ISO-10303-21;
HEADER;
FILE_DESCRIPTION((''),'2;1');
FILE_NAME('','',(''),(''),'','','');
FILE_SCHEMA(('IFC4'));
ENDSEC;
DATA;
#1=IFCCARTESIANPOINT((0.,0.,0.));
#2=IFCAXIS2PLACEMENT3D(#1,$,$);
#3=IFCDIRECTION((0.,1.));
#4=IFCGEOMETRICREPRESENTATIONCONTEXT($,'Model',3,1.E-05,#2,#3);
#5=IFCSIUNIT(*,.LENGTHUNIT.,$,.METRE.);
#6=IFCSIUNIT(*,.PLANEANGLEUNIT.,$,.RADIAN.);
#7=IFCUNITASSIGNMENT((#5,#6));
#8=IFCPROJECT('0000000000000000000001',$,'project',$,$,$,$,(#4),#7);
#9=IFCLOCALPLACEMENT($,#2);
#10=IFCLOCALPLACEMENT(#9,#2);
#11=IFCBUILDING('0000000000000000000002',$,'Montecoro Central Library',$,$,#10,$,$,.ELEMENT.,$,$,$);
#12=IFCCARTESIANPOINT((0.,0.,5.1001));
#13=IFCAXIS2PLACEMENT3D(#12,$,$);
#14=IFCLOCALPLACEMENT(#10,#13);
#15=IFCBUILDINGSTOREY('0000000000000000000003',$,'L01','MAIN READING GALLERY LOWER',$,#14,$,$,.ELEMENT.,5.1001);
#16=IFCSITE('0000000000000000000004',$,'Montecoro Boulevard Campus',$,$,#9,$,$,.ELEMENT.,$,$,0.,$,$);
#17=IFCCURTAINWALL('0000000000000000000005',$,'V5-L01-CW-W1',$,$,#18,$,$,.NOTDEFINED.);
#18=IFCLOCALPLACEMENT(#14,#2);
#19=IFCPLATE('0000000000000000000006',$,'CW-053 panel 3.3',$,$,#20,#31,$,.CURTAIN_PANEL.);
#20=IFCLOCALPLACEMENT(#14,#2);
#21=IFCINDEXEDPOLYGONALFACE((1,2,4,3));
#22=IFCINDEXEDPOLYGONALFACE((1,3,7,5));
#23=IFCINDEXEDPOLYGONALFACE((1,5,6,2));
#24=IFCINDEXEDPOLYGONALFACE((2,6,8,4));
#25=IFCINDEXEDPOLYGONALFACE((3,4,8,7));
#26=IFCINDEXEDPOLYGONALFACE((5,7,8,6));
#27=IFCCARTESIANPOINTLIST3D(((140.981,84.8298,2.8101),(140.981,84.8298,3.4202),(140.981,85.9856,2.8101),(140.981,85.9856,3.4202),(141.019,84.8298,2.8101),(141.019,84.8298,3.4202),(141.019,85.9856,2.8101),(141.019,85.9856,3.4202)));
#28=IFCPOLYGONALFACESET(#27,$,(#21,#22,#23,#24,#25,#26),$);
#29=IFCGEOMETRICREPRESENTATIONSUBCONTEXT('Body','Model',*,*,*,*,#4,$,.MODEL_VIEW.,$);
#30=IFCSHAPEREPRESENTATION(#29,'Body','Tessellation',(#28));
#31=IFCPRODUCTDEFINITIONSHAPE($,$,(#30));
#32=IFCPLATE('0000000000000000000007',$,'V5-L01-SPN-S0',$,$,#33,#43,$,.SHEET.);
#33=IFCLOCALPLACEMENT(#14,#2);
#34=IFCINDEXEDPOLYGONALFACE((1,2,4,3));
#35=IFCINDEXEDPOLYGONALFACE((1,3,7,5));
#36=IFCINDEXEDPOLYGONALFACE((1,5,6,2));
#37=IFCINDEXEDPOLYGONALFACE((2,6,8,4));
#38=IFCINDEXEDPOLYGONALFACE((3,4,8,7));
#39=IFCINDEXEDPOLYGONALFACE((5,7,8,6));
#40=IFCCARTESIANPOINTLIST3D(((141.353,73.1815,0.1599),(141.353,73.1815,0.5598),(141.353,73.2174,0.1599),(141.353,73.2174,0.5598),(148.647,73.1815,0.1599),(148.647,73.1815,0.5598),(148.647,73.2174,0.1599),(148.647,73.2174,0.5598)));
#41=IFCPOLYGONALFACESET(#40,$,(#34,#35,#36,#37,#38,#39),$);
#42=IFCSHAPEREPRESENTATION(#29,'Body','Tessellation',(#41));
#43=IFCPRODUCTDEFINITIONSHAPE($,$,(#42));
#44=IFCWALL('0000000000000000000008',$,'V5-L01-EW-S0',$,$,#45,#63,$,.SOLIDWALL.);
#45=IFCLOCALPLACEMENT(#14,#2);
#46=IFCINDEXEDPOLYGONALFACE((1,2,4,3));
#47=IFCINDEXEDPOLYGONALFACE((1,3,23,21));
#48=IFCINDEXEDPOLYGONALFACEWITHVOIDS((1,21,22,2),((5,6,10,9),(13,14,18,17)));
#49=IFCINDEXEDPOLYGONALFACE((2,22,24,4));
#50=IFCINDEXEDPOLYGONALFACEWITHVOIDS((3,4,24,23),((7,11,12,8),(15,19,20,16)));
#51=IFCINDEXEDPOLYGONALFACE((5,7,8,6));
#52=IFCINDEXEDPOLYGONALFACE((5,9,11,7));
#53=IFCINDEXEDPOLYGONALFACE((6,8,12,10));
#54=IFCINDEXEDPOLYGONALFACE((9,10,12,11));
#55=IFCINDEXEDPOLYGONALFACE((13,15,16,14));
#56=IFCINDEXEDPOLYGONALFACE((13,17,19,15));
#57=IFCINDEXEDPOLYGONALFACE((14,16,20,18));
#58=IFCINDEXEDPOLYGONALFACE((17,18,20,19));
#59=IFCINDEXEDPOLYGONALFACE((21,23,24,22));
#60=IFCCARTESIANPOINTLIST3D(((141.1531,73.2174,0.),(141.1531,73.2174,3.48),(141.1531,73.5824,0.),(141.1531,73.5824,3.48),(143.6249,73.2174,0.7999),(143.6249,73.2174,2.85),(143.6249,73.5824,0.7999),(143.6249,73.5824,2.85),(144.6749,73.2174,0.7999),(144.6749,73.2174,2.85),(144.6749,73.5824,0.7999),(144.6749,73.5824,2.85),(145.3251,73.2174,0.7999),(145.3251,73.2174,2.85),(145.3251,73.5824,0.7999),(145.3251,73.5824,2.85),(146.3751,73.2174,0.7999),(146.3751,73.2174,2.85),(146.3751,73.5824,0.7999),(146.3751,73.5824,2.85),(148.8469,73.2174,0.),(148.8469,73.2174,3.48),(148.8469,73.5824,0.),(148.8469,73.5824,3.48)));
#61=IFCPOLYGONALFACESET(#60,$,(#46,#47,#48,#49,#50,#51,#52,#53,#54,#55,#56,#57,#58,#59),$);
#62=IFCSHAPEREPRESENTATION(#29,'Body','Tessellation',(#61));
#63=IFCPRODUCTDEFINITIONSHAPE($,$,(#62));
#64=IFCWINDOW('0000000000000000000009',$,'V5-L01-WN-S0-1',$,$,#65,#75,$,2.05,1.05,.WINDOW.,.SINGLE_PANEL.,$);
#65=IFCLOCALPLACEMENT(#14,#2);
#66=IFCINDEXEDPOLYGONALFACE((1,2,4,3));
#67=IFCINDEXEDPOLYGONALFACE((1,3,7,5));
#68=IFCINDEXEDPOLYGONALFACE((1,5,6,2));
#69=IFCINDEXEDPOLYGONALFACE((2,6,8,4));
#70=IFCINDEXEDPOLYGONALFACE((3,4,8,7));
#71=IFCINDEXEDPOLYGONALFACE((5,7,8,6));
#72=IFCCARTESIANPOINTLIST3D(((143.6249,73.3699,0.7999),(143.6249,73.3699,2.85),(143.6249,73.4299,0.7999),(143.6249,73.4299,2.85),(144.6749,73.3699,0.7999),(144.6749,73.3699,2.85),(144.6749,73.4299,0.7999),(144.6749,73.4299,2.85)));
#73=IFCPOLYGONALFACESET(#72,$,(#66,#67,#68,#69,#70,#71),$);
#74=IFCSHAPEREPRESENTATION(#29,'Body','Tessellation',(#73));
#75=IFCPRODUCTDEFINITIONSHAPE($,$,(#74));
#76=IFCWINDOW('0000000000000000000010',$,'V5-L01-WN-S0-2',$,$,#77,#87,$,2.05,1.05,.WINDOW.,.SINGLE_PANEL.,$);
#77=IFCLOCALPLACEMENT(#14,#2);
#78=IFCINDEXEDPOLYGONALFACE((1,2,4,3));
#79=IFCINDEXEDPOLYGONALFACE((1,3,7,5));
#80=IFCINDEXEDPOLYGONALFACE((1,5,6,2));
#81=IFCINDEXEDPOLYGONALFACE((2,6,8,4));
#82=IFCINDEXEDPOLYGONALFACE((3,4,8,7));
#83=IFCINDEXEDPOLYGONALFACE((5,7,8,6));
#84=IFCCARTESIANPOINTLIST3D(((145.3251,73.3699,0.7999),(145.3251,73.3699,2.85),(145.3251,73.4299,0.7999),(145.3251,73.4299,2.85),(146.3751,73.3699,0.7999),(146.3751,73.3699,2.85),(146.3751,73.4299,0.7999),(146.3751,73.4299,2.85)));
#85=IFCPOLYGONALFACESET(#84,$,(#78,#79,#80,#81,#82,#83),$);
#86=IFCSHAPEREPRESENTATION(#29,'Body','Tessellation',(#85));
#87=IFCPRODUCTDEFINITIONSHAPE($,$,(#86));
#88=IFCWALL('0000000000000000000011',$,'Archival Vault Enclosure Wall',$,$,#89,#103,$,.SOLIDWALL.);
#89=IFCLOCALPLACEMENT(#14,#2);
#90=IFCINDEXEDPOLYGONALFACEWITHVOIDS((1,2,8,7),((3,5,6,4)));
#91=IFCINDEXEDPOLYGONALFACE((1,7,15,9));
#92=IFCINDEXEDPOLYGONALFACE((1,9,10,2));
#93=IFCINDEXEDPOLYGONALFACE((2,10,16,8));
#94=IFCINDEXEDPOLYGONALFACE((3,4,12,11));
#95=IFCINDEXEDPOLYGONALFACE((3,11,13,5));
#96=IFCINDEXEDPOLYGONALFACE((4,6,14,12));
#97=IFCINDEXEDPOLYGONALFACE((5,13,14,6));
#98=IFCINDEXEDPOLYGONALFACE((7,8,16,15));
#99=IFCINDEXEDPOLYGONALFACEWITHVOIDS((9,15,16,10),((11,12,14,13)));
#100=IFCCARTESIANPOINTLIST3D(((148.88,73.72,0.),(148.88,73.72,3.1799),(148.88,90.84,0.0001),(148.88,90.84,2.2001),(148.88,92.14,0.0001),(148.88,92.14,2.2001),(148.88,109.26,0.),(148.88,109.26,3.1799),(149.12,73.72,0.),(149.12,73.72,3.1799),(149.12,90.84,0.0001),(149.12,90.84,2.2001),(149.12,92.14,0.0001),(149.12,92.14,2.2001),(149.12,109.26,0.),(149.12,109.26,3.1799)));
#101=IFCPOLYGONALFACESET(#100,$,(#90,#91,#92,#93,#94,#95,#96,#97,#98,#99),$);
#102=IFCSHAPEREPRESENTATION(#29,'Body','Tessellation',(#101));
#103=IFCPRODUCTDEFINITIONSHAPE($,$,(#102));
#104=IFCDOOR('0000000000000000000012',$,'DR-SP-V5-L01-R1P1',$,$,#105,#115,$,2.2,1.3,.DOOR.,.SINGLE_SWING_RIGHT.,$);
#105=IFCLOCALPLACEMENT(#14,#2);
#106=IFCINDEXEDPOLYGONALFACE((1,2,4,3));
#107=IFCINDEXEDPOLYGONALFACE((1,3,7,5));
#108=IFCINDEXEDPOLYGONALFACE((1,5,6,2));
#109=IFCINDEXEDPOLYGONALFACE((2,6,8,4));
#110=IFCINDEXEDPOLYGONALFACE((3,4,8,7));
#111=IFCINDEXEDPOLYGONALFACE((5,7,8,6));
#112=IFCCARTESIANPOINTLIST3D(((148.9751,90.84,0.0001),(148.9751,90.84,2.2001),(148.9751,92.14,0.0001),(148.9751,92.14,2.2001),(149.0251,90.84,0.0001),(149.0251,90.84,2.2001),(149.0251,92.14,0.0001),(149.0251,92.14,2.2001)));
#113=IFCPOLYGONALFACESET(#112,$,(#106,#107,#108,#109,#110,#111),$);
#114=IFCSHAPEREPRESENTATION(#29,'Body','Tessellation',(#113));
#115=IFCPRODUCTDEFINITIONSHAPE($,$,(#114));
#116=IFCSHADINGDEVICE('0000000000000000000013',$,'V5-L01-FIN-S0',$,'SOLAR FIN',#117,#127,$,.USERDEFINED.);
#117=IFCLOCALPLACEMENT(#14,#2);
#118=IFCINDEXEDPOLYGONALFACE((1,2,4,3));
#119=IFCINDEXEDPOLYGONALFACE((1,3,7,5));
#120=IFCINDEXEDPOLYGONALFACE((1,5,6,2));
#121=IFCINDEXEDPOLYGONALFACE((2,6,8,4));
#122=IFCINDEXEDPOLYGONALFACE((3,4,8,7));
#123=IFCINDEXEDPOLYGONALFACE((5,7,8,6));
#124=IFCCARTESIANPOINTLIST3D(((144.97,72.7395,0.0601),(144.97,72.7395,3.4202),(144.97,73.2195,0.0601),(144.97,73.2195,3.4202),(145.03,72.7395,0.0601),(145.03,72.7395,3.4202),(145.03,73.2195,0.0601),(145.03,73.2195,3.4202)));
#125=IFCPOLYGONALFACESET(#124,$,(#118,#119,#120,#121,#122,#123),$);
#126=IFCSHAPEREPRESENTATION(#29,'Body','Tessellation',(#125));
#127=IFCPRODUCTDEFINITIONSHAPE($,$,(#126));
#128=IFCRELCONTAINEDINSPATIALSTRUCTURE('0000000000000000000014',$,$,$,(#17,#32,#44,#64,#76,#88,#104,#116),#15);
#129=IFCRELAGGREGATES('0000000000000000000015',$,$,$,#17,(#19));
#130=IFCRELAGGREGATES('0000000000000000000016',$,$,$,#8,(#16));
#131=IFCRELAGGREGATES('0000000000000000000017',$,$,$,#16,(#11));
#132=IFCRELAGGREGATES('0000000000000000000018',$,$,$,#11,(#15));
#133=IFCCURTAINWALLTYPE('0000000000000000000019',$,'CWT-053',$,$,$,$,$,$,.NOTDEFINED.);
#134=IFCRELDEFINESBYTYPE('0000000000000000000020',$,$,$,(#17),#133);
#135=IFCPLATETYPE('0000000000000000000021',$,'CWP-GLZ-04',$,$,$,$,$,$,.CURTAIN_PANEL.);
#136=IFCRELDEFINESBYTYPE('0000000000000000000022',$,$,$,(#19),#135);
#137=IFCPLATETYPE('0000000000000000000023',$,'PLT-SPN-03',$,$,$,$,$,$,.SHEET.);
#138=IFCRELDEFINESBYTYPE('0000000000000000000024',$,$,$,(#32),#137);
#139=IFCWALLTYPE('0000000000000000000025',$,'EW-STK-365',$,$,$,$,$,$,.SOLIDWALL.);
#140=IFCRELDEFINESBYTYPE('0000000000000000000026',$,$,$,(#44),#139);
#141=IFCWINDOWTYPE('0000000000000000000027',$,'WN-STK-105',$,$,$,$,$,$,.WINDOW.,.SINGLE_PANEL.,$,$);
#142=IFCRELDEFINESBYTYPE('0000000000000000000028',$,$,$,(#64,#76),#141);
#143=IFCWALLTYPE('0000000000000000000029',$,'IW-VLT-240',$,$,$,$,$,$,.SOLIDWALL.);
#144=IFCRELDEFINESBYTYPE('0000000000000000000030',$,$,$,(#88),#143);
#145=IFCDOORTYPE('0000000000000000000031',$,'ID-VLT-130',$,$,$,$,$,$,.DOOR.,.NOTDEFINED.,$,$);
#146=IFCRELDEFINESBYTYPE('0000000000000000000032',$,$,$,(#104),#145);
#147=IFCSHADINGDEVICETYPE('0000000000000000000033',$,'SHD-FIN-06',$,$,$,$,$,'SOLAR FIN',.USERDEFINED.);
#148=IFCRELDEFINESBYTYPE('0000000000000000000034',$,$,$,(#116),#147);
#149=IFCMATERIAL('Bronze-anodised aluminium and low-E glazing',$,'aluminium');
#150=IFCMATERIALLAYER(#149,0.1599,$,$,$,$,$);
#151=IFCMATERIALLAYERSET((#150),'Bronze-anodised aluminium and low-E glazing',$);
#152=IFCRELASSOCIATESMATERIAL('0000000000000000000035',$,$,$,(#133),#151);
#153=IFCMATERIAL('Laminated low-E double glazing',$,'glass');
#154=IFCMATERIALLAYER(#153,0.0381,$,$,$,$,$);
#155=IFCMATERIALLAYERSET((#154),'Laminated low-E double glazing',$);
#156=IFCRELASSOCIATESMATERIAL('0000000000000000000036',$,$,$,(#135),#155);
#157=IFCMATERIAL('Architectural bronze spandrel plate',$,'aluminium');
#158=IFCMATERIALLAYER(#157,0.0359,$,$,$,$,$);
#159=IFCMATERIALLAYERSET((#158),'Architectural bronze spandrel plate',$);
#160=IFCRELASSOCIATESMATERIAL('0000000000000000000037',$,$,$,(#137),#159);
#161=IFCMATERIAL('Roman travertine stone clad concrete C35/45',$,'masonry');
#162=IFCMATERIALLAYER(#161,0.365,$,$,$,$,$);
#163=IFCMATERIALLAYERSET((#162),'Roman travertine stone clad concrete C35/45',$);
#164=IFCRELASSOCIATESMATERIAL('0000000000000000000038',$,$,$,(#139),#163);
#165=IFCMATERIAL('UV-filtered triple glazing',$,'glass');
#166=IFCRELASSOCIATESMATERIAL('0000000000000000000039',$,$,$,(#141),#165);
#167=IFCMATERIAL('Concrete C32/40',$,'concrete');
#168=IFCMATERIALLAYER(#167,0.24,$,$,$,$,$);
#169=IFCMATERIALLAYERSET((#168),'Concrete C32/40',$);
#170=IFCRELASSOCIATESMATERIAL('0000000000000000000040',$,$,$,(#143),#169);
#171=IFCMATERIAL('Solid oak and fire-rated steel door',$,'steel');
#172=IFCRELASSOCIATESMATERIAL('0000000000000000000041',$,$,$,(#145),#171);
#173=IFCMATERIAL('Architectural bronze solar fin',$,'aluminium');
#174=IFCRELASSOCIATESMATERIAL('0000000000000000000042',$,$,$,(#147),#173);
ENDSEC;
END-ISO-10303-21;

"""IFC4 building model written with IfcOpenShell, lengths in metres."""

from ifc_helpers import new_model, si_unit, direction, frame, frame_2d, origin, origin_2d, place, context, subcontext, project, spatial, rectangle, extrude, material, layer, layer_set, type_object, element, fill, aggregate, save


model = new_model("IFC4")

# Units and contexts
model_context = context("Model", 3, precision=1e-05, world=origin(), true_north=direction((0.0, 1.0)))
body_context = subcontext(model_context, "Body", "Model", "MODEL_VIEW")
ifc_project = project(units=[si_unit("LENGTHUNIT", "METRE"), si_unit("PLANEANGLEUNIT", "RADIAN")], contexts=[model_context])

# Site, building, storey
site_placement = place(None, origin())
site = spatial("IfcSite", under=ifc_project, at=site_placement, Name="Montecoro Boulevard Campus", CompositionType="ELEMENT", RefElevation=0.0)
building_placement = place(site_placement, origin())
building = spatial("IfcBuilding", under=site, at=building_placement, Name="Montecoro Central Library", CompositionType="ELEMENT")
storey_placement = place(building_placement, frame((0.0, 0.0, 5.1001)))
storey = spatial("IfcBuildingStorey", under=building, at=storey_placement, Name="L01", Description="MAIN READING GALLERY LOWER", CompositionType="ELEMENT", Elevation=5.1001)

# Curtain wall, plate
ifc_material_1 = material(Name="Bronze-anodised aluminium and low-E glazing", Category="aluminium")
ifc_layer_1 = layer(ifc_material_1, 0.1599)
ifc_layer_set_1 = layer_set([ifc_layer_1], Name="Bronze-anodised aluminium and low-E glazing")
curtain_wall_type = type_object("IfcCurtainWallType", Name="CWT-053", PredefinedType="NOTDEFINED", material=ifc_layer_set_1)
curtain_wall_placement = place(storey_placement, origin())
curtain_wall = element("IfcCurtainWall", 1, at=curtain_wall_placement, inside=storey, type_object=curtain_wall_type, Name="V5-L01-CW-W1", PredefinedType="NOTDEFINED")
ifc_material_2 = material(Name="Laminated low-E double glazing", Category="glass")
ifc_layer_2 = layer(ifc_material_2, 0.0381)
ifc_layer_set_2 = layer_set([ifc_layer_2], Name="Laminated low-E double glazing")
plate_type_1 = type_object("IfcPlateType", Name="CWP-GLZ-04", PredefinedType="CURTAIN_PANEL", material=ifc_layer_set_2)
plate_1_placement = place(storey_placement, frame((141.0, 85.4077, 2.8101), z_axis=(0.0, 0.0, 1.0), x_axis=(0.0, -1.0, 0.0)))
plate_1 = element("IfcPlate", 2, at=plate_1_placement, type_object=plate_type_1, Name="CW-053 panel 3.3", PredefinedType="CURTAIN_PANEL", context=body_context, shape_type="SweptSolid", body=[
    extrude(rectangle(XDim=1.1558, YDim=0.0381, at=origin_2d()), origin(), (0.0, 0.0, 1.0), 0.6101),
])
aggregate(curtain_wall, [plate_1])

# Plate
ifc_material_3 = material(Name="Architectural bronze spandrel plate", Category="aluminium")
ifc_layer_3 = layer(ifc_material_3, 0.0359)
ifc_layer_set_3 = layer_set([ifc_layer_3], Name="Architectural bronze spandrel plate")
plate_type_2 = type_object("IfcPlateType", Name="PLT-SPN-03", PredefinedType="SHEET", material=ifc_layer_set_3)
plate_2_placement = place(storey_placement, frame((145.0, 73.1995, 0.1599), z_axis=(0.0, 0.0, 1.0), x_axis=(1.0, 0.0, 0.0)))
element("IfcPlate", 3, at=plate_2_placement, inside=storey, type_object=plate_type_2, Name="V5-L01-SPN-S0", PredefinedType="SHEET", context=body_context, shape_type="SweptSolid", body=[
    extrude(rectangle(XDim=7.2939, YDim=0.0359, at=origin_2d()), origin(), (0.0, 0.0, 1.0), 0.3999),
])

# Wall, openings, windows
ifc_material_4 = material(Name="Roman travertine stone clad concrete C35/45", Category="masonry")
ifc_layer_4 = layer(ifc_material_4, 0.365)
ifc_layer_set_4 = layer_set([ifc_layer_4], Name="Roman travertine stone clad concrete C35/45")
wall_type_1 = type_object("IfcWallType", Name="EW-STK-365", PredefinedType="SOLIDWALL", material=ifc_layer_set_4)
wall_1_placement = place(storey_placement, frame((141.1531, 73.3999, 0.0), z_axis=(0.0, 0.0, 1.0), x_axis=(1.0, 0.0, 0.0)))
wall_1 = element("IfcWall", 4, at=wall_1_placement, inside=storey, type_object=wall_type_1, Name="V5-L01-EW-S0", PredefinedType="SOLIDWALL", context=body_context, shape_type="SweptSolid", body=[
    extrude(rectangle(XDim=7.6938, YDim=0.365, at=frame_2d((3.8469, 0.0))), origin(), (0.0, 0.0, 1.0), 3.48),
])
opening_1_placement = place(wall_1_placement, frame((2.4719, 0.0, 0.8)))
opening_1 = element("IfcOpeningElement", 5, at=opening_1_placement, cuts=wall_1, PredefinedType="OPENING", context=body_context, shape_type="SweptSolid", body=[
    extrude(rectangle(XDim=1.05, YDim=2.05, at=frame_2d((0.5249, 1.0249))), frame((0.0, 0.1924, 0.0), z_axis=(0.0, -1.0, 0.0), x_axis=(1.0, 0.0, 0.0)), (0.0, 0.0, 1.0), 0.385),
])
opening_2_placement = place(wall_1_placement, frame((4.1721, 0.0, 0.8)))
opening_2 = element("IfcOpeningElement", 6, at=opening_2_placement, cuts=wall_1, PredefinedType="OPENING", context=body_context, shape_type="SweptSolid", body=[
    extrude(rectangle(XDim=1.05, YDim=2.05, at=frame_2d((0.5249, 1.0249))), frame((0.0, 0.1924, 0.0), z_axis=(0.0, -1.0, 0.0), x_axis=(1.0, 0.0, 0.0)), (0.0, 0.0, 1.0), 0.385),
])
ifc_material_5 = material(Name="UV-filtered triple glazing", Category="glass")
window_type = type_object("IfcWindowType", Name="WN-STK-105", PartitioningType="SINGLE_PANEL", PredefinedType="WINDOW", material=ifc_material_5)
window_1_placement = place(opening_1_placement, origin())
window_1 = element("IfcWindow", 7, at=window_1_placement, inside=storey, type_object=window_type, Name="V5-L01-WN-S0-1", OverallHeight=2.05, OverallWidth=1.05, PartitioningType="SINGLE_PANEL", PredefinedType="WINDOW", context=body_context, shape_type="SweptSolid", body=[
    extrude(rectangle(XDim=1.05, YDim=2.05, at=frame_2d((0.5249, 1.0249))), frame((0.0, 0.03, 0.0), z_axis=(0.0, -1.0, 0.0), x_axis=(1.0, 0.0, 0.0)), (0.0, 0.0, 1.0), 0.0601),
])
fill(opening_1, window_1)
window_2_placement = place(opening_2_placement, origin())
window_2 = element("IfcWindow", 8, at=window_2_placement, inside=storey, type_object=window_type, Name="V5-L01-WN-S0-2", OverallHeight=2.05, OverallWidth=1.05, PartitioningType="SINGLE_PANEL", PredefinedType="WINDOW", context=body_context, shape_type="SweptSolid", body=[
    extrude(rectangle(XDim=1.05, YDim=2.05, at=frame_2d((0.5249, 1.0249))), frame((0.0, 0.03, 0.0), z_axis=(0.0, -1.0, 0.0), x_axis=(1.0, 0.0, 0.0)), (0.0, 0.0, 1.0), 0.0601),
])
fill(opening_2, window_2)

# Wall, opening, door
ifc_material_6 = material(Name="Concrete C32/40", Category="concrete")
ifc_layer_5 = layer(ifc_material_6, 0.24)
ifc_layer_set_5 = layer_set([ifc_layer_5], Name="Concrete C32/40")
wall_type_2 = type_object("IfcWallType", Name="IW-VLT-240", PredefinedType="SOLIDWALL", material=ifc_layer_set_5)
wall_2_placement = place(storey_placement, frame((149.0, 73.72, 0.0), z_axis=(0.0, 0.0, 1.0), x_axis=(0.0, 1.0, 0.0)))
wall_2 = element("IfcWall", 9, at=wall_2_placement, inside=storey, type_object=wall_type_2, Name="Archival Vault Enclosure Wall", PredefinedType="SOLIDWALL", context=body_context, shape_type="SweptSolid", body=[
    extrude(rectangle(XDim=35.54, YDim=0.24, at=frame_2d((17.77, 0.0))), origin(), (0.0, 0.0, 1.0), 3.1799),
])
opening_3_placement = place(wall_2_placement, frame((17.1201, 0.0, 0.0)))
opening_3 = element("IfcOpeningElement", 10, at=opening_3_placement, cuts=wall_2, PredefinedType="OPENING", context=body_context, shape_type="SweptSolid", body=[
    extrude(rectangle(XDim=1.3, YDim=2.2, at=frame_2d((0.6499, 1.1001))), frame((0.0, 0.1299, 0.0), z_axis=(0.0, -1.0, 0.0), x_axis=(1.0, 0.0, 0.0)), (0.0, 0.0, 1.0), 0.26),
])
ifc_material_7 = material(Name="Solid oak and fire-rated steel door", Category="steel")
door_type = type_object("IfcDoorType", Name="ID-VLT-130", OperationType="NOTDEFINED", PredefinedType="DOOR", material=ifc_material_7)
door_placement = place(opening_3_placement, origin())
door = element("IfcDoor", 11, at=door_placement, inside=storey, type_object=door_type, Name="DR-SP-V5-L01-R1P1", OperationType="SINGLE_SWING_RIGHT", OverallHeight=2.2, OverallWidth=1.3, PredefinedType="DOOR", context=body_context, shape_type="SweptSolid", body=[
    extrude(rectangle(XDim=1.3, YDim=2.2, at=frame_2d((0.6499, 1.1001))), frame((0.0, 0.0249, 0.0), z_axis=(0.0, -1.0, 0.0), x_axis=(1.0, 0.0, 0.0)), (0.0, 0.0, 1.0), 0.05),
])
fill(opening_3, door)

# Shading device
ifc_material_8 = material(Name="Architectural bronze solar fin", Category="aluminium")
shading_device_type = type_object("IfcShadingDeviceType", Name="SHD-FIN-06", ElementType="SOLAR FIN", PredefinedType="USERDEFINED", material=ifc_material_8)
shading_device_placement = place(storey_placement, frame((145.0, 72.9795, 0.0601), z_axis=(0.0, 0.0, 1.0), x_axis=(1.0, 0.0, 0.0)))
element("IfcShadingDevice", 12, at=shading_device_placement, inside=storey, type_object=shading_device_type, Name="V5-L01-FIN-S0", ObjectType="SOLAR FIN", PredefinedType="USERDEFINED", context=body_context, shape_type="SweptSolid", body=[
    extrude(rectangle(XDim=0.0601, YDim=0.48, at=origin_2d()), origin(), (0.0, 0.0, 1.0), 3.3601),
])

save(model, "model.ifc")
